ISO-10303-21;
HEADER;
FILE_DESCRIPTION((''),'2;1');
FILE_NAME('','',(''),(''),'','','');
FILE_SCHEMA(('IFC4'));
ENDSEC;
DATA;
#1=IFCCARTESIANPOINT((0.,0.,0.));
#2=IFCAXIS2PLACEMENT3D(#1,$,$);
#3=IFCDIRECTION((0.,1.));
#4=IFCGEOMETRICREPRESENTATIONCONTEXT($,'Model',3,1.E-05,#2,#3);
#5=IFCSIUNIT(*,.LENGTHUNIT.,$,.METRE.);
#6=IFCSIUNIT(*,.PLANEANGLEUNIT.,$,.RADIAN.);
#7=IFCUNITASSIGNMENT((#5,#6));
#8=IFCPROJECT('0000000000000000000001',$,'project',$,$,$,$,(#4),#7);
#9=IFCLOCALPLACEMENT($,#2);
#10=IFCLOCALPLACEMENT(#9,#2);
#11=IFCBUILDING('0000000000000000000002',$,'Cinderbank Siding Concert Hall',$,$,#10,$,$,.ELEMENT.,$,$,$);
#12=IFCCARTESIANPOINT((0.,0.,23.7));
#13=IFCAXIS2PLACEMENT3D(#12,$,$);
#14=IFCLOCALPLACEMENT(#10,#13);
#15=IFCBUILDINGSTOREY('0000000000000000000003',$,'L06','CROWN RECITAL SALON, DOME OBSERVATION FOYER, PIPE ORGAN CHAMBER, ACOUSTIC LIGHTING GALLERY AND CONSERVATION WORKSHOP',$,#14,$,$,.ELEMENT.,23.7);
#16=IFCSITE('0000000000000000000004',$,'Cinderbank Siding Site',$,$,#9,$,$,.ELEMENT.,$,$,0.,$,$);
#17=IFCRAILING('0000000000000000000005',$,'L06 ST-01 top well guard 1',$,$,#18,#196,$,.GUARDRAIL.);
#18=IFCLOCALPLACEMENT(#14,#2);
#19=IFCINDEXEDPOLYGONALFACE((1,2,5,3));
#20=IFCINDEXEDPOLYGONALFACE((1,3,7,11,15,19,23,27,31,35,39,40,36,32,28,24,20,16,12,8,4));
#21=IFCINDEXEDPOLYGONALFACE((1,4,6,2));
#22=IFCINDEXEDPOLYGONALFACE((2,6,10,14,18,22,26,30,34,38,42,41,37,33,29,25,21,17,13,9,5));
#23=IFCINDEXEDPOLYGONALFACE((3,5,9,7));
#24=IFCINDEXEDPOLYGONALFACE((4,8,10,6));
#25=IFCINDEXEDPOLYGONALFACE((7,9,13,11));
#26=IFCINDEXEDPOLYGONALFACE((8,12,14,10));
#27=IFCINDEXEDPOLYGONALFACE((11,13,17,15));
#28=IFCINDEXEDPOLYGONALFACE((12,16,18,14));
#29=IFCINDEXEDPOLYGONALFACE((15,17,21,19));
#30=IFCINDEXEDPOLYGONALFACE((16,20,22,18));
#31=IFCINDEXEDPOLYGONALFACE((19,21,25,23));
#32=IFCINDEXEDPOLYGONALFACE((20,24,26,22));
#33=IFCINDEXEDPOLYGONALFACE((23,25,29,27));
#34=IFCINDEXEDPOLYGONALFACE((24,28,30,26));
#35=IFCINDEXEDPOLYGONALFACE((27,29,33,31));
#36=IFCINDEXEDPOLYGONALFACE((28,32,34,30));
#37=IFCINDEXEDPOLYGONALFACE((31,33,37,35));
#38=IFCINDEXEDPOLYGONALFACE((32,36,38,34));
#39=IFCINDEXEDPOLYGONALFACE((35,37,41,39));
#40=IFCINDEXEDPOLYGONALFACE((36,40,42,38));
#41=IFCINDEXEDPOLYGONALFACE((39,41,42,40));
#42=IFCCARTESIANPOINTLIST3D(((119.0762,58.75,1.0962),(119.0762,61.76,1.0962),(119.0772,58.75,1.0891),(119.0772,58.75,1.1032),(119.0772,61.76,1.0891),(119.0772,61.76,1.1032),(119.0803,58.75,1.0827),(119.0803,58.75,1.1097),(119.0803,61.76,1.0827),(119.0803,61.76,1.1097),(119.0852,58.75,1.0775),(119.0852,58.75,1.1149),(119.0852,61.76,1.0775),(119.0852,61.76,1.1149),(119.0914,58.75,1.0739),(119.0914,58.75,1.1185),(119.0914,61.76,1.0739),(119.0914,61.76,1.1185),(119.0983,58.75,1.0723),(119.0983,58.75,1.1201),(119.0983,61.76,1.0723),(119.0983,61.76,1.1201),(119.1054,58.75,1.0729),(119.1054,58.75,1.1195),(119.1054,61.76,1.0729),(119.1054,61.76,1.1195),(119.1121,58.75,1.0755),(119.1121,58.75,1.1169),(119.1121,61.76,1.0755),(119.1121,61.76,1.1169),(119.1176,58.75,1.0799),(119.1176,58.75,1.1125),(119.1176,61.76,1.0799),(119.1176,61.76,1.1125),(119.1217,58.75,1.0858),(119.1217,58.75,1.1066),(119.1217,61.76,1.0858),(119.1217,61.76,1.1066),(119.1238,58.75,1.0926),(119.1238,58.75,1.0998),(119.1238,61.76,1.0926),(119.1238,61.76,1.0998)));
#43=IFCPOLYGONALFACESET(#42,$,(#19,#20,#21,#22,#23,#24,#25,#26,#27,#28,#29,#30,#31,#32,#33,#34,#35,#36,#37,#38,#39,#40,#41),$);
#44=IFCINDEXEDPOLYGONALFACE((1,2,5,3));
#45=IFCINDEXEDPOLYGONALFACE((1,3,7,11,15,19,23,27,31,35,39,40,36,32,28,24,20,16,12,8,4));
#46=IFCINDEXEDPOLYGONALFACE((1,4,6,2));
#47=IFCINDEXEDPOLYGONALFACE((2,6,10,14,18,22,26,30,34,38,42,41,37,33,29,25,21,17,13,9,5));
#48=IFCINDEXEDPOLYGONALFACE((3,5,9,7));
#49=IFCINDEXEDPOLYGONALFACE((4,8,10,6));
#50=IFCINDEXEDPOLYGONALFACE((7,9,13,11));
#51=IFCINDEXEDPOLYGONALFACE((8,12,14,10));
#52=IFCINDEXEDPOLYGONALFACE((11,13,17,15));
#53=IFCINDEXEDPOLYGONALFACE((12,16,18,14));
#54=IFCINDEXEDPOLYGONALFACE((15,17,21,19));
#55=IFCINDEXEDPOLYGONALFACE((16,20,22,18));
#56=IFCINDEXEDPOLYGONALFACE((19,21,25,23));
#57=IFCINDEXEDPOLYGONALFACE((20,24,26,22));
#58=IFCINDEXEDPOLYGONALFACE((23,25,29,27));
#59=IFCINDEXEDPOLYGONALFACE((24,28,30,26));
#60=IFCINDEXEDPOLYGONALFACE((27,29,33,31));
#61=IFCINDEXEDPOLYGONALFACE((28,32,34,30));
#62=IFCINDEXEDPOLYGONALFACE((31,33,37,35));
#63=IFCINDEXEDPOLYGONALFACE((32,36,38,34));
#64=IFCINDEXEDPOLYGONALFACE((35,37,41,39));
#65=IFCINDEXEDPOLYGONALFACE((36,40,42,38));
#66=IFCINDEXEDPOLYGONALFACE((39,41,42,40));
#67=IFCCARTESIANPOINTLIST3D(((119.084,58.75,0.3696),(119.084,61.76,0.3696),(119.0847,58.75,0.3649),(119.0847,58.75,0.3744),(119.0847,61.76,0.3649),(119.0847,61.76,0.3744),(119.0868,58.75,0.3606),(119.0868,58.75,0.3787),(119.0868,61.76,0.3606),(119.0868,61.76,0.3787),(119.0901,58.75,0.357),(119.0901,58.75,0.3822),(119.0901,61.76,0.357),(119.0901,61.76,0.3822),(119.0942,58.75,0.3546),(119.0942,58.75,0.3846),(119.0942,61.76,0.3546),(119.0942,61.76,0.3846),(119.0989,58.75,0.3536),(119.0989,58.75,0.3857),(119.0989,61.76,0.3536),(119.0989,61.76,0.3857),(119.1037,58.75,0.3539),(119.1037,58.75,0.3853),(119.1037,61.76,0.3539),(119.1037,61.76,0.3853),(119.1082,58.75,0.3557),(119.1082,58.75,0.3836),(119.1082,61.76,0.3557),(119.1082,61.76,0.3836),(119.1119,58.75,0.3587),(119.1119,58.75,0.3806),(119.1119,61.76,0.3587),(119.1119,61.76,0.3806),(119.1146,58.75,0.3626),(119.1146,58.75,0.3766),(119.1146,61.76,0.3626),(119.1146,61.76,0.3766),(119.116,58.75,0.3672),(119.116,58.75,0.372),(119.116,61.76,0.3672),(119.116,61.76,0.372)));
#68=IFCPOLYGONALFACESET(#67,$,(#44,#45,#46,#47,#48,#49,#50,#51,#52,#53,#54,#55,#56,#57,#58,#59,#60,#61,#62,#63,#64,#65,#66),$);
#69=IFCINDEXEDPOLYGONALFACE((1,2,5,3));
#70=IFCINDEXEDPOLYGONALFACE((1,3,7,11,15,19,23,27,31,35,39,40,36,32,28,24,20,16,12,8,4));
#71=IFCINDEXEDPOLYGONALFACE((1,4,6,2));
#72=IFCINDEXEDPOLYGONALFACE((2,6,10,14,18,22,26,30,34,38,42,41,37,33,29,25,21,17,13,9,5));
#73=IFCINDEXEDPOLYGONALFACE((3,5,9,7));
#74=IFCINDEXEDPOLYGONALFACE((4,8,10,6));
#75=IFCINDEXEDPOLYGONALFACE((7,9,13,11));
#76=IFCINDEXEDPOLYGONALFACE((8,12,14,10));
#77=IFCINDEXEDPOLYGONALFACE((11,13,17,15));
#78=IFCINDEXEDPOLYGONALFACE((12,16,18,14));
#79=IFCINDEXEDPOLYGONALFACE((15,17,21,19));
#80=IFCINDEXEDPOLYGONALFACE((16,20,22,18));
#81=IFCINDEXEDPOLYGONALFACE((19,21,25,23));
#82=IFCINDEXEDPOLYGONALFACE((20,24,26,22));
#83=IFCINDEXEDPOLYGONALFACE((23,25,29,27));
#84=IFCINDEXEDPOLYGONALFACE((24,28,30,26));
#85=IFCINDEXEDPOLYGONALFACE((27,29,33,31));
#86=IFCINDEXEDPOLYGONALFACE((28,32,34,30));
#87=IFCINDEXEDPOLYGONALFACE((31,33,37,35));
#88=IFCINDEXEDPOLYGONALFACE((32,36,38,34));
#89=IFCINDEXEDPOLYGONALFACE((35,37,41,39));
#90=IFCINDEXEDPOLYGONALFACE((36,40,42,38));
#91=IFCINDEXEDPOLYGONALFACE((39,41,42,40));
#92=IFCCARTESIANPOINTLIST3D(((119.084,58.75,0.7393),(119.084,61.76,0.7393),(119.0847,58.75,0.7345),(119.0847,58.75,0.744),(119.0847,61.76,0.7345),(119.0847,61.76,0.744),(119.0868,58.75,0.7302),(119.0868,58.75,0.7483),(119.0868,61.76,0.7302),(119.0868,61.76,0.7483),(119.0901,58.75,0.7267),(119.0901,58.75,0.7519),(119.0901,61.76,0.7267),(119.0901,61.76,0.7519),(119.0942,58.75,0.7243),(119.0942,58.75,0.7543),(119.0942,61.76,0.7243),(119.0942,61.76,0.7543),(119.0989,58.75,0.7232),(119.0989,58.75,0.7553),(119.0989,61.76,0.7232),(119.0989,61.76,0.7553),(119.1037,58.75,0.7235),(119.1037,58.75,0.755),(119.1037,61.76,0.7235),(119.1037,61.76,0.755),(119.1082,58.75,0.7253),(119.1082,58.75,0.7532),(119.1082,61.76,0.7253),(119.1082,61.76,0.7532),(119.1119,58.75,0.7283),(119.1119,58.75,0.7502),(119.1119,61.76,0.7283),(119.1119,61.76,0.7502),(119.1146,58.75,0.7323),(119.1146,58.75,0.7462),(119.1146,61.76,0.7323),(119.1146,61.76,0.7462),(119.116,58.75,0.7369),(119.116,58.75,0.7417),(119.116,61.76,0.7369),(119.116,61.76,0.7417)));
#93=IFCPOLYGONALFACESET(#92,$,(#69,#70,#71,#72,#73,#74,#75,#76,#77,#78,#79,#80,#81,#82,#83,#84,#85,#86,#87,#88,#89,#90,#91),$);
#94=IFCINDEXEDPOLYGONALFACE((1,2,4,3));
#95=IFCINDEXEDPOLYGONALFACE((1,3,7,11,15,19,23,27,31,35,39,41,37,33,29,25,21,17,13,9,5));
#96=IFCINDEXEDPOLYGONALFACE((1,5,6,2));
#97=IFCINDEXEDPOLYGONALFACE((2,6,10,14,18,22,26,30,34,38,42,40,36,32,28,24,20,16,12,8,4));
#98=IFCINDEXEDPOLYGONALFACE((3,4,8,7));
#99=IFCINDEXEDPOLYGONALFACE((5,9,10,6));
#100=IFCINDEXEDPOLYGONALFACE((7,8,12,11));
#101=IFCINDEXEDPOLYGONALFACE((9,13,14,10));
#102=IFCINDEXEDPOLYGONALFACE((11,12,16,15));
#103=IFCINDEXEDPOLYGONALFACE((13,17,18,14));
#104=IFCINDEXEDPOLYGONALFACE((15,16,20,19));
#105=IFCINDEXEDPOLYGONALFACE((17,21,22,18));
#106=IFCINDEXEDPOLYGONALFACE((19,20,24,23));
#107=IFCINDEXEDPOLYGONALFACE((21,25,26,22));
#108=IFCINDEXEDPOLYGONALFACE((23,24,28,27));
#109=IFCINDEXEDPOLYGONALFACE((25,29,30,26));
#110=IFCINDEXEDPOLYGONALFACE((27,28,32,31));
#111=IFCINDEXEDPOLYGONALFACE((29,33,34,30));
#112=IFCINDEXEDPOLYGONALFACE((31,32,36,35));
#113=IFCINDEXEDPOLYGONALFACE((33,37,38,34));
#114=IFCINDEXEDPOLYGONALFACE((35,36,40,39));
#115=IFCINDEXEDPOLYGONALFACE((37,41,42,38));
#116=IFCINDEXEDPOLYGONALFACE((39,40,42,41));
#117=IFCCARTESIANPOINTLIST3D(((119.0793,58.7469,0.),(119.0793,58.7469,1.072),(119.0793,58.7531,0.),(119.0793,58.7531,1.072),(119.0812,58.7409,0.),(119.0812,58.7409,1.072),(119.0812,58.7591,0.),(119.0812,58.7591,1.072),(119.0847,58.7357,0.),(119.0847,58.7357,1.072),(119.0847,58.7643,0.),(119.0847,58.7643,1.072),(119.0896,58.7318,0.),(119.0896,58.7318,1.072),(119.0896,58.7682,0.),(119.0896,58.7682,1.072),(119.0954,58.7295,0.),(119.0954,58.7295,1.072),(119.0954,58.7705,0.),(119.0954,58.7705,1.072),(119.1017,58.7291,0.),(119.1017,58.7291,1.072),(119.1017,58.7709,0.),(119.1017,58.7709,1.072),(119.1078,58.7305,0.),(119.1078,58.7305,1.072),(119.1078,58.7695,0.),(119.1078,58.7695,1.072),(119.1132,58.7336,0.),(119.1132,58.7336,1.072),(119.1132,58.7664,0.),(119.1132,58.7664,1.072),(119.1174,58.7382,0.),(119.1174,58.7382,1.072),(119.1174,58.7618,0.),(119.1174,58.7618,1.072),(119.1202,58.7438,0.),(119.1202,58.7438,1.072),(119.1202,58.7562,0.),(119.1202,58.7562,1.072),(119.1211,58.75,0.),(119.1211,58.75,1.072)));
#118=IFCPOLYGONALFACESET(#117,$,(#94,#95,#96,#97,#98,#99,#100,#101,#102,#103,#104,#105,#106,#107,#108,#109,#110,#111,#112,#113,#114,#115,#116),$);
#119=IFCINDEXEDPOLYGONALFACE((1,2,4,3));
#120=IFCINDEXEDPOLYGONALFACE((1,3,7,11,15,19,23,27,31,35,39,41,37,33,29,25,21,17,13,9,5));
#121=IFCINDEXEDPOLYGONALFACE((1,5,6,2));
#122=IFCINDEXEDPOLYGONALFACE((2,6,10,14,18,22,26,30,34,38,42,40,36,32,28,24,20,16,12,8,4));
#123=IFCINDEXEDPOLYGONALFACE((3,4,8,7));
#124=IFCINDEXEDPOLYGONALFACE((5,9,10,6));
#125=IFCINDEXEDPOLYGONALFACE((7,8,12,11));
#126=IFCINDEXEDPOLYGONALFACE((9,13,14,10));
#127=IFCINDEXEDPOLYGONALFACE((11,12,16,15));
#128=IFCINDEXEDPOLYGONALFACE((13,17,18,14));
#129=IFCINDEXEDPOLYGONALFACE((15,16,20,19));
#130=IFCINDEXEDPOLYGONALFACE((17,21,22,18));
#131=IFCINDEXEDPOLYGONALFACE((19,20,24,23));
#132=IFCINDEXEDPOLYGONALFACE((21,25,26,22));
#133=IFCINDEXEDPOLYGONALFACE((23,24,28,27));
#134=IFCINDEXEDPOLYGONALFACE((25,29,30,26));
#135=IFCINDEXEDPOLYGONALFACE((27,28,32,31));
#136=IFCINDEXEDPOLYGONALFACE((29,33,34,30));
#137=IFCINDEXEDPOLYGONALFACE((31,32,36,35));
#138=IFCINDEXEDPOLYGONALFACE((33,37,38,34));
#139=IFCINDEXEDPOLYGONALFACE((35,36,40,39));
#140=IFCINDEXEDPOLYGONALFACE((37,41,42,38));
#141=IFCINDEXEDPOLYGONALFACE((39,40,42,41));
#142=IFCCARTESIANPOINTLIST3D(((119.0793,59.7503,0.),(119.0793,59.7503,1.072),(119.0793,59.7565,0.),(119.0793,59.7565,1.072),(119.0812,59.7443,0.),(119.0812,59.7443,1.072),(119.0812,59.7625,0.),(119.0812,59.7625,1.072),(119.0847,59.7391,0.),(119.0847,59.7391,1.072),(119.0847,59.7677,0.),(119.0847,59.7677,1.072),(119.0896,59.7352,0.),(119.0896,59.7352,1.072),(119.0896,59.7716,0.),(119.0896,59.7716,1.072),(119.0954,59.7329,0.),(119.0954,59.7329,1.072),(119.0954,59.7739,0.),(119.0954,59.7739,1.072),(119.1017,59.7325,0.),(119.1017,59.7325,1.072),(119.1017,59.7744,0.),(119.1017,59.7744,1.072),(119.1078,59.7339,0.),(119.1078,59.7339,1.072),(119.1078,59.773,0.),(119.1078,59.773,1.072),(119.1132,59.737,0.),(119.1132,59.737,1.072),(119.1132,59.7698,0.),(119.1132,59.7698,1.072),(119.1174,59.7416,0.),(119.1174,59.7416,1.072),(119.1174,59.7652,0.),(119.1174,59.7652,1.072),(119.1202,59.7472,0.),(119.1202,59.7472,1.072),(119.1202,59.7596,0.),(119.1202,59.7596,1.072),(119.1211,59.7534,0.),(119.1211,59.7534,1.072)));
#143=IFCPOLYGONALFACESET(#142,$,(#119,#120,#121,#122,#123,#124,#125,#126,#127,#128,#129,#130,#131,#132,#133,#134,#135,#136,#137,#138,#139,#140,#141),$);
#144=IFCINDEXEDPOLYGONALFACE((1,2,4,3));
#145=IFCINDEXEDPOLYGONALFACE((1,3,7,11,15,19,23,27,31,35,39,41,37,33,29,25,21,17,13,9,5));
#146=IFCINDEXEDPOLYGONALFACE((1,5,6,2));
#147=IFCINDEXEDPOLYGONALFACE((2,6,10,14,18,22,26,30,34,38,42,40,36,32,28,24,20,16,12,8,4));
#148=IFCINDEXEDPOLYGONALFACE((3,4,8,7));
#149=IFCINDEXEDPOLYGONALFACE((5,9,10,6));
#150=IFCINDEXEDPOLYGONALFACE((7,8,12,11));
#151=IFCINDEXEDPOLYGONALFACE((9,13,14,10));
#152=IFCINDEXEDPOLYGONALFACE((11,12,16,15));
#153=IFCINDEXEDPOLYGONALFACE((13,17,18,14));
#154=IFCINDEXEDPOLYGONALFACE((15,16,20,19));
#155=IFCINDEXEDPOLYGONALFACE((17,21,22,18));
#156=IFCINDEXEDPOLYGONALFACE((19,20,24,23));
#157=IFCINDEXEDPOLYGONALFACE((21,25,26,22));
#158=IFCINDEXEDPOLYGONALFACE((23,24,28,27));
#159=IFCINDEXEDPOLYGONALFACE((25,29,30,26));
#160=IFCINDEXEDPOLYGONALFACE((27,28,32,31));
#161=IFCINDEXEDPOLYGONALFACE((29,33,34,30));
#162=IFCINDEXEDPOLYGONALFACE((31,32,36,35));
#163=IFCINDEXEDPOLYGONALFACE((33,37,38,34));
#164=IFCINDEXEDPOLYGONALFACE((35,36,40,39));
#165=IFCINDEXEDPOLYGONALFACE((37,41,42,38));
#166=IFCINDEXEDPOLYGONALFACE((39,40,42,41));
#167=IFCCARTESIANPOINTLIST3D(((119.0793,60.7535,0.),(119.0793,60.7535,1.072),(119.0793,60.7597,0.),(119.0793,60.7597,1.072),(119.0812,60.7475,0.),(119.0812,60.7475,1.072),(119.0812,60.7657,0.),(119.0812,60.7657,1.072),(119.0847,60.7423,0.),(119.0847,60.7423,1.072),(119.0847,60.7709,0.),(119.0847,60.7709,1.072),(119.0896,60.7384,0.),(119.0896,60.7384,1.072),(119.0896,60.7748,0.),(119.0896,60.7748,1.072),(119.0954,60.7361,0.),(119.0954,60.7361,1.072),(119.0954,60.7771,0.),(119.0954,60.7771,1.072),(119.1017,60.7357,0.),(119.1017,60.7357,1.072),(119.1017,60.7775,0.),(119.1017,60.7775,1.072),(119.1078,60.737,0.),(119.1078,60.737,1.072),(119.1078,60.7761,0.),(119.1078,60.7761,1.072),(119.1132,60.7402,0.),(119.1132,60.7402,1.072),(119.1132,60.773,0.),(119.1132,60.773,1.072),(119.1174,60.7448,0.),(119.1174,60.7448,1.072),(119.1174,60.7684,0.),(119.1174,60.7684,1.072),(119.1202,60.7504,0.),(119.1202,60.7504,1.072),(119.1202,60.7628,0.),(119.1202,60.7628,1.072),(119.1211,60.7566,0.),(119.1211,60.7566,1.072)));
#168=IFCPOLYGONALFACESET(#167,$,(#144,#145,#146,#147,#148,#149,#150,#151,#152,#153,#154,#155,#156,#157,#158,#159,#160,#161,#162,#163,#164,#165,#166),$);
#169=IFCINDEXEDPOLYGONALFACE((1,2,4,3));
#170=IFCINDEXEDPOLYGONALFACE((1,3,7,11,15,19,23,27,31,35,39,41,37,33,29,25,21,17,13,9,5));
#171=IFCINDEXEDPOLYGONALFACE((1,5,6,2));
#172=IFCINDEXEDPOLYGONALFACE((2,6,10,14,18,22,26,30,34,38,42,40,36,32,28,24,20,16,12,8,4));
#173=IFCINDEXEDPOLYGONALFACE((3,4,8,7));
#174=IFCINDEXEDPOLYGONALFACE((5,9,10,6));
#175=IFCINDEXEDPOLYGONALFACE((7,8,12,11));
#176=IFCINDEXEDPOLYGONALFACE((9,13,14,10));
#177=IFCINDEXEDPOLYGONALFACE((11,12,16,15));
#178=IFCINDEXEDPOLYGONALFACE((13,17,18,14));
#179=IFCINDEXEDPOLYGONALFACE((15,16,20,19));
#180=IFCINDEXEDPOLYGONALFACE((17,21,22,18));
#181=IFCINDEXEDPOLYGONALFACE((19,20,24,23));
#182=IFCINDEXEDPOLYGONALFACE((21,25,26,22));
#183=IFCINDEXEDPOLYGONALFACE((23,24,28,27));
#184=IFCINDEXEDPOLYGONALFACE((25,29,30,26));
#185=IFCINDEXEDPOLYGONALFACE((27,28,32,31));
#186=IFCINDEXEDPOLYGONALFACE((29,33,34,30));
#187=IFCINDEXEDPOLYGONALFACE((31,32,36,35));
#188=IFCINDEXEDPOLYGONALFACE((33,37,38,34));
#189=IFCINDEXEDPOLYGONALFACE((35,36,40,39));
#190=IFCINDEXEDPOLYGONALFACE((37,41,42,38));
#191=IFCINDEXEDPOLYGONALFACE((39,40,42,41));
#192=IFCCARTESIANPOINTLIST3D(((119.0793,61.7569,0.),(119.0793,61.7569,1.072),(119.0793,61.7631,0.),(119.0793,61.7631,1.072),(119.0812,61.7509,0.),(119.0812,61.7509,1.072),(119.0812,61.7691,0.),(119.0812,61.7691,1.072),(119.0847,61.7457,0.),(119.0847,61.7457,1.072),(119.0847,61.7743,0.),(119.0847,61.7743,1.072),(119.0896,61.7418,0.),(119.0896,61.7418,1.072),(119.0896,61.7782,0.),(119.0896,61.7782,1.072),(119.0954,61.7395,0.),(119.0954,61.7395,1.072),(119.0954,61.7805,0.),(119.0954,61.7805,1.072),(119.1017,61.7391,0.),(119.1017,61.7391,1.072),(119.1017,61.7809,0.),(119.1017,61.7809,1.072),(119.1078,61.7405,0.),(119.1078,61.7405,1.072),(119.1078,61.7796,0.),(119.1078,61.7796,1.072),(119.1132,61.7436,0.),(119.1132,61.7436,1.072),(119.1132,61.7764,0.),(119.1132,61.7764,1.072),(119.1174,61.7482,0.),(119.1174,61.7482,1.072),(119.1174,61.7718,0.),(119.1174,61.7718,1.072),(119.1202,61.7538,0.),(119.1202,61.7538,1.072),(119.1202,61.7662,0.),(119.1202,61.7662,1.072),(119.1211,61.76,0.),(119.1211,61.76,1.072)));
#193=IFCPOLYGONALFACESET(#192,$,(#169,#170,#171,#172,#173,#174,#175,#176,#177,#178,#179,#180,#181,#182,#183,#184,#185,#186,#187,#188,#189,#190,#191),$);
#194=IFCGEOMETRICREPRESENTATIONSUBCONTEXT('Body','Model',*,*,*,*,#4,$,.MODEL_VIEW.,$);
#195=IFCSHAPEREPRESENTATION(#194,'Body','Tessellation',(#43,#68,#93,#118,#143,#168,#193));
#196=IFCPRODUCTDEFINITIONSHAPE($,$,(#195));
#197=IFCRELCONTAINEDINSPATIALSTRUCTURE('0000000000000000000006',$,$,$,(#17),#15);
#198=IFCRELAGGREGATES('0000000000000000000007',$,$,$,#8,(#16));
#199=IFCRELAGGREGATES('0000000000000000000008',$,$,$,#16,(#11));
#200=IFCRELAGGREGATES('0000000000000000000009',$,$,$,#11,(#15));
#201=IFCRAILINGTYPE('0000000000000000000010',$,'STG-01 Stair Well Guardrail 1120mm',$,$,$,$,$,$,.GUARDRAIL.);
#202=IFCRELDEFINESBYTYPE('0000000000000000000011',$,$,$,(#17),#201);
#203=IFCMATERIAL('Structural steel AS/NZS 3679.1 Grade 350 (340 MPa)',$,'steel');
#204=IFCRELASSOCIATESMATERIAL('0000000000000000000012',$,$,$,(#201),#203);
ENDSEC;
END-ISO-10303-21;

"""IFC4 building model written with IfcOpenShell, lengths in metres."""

from ifc_helpers import new_model, si_unit, direction, frame, origin, origin_2d, place, context, subcontext, project, spatial, circle, extrude, material, type_object, element, save


model = new_model("IFC4")

# Units and contexts
model_context = context("Model", 3, precision=1e-05, world=origin(), true_north=direction((0.0, 1.0)))
body_context = subcontext(model_context, "Body", "Model", "MODEL_VIEW")
ifc_project = project(units=[si_unit("LENGTHUNIT", "METRE"), si_unit("PLANEANGLEUNIT", "RADIAN")], contexts=[model_context])

# Site, building, storey
site_placement = place(None, origin())
site = spatial("IfcSite", under=ifc_project, at=site_placement, Name="Cinderbank Siding Site", CompositionType="ELEMENT", RefElevation=0.0)
building_placement = place(site_placement, origin())
building = spatial("IfcBuilding", under=site, at=building_placement, Name="Cinderbank Siding Concert Hall", CompositionType="ELEMENT")
storey_placement = place(building_placement, frame((0.0, 0.0, 23.7)))
storey = spatial("IfcBuildingStorey", under=building, at=storey_placement, Name="L06", Description="CROWN RECITAL SALON, DOME OBSERVATION FOYER, PIPE ORGAN CHAMBER, ACOUSTIC LIGHTING GALLERY AND CONSERVATION WORKSHOP", CompositionType="ELEMENT", Elevation=23.7)

# Shared definitions
ifc_material_1 = material(Name="Structural steel AS/NZS 3679.1 Grade 350 (340 MPa)", Category="steel")

# Railing
railing_type = type_object("IfcRailingType", Name="STG-01 Stair Well Guardrail 1120mm", PredefinedType="GUARDRAIL", material=ifc_material_1)
railing_placement = place(storey_placement, frame((119.1001, 58.75, 0.0)))
element("IfcRailing", 1, at=railing_placement, inside=storey, type_object=railing_type, Name="L06 ST-01 top well guard 1", PredefinedType="GUARDRAIL", context=body_context, shape_type="SweptSolid", body=[
    extrude(circle(Radius=0.0239, at=origin_2d()), frame((0.0, 0.0, 1.0962), z_axis=(0.0, 1.0, 0.0), x_axis=(-1.0, 0.0, 0.0)), (0.0, 0.0, 1.0), 3.01),
    extrude(circle(Radius=0.0161, at=origin_2d()), frame((0.0, 0.0, 0.3696), z_axis=(0.0, 1.0, 0.0), x_axis=(-1.0, 0.0, 0.0)), (0.0, 0.0, 1.0), 3.01),
    extrude(circle(Radius=0.0161, at=origin_2d()), frame((0.0, 0.0, 0.7393), z_axis=(0.0, 1.0, 0.0), x_axis=(-1.0, 0.0, 0.0)), (0.0, 0.0, 1.0), 3.01),
    extrude(circle(Radius=0.021, at=origin_2d()), origin(), (0.0, 0.0, 1.0), 1.072),
    extrude(circle(Radius=0.021, at=origin_2d()), frame((0.0, 1.0034, 0.0)), (0.0, 0.0, 1.0), 1.072),
    extrude(circle(Radius=0.021, at=origin_2d()), frame((0.0, 2.0066, 0.0)), (0.0, 0.0, 1.0), 1.072),
    extrude(circle(Radius=0.021, at=origin_2d()), frame((0.0, 3.01, 0.0)), (0.0, 0.0, 1.0), 1.072),
])

save(model, "model.ifc")
